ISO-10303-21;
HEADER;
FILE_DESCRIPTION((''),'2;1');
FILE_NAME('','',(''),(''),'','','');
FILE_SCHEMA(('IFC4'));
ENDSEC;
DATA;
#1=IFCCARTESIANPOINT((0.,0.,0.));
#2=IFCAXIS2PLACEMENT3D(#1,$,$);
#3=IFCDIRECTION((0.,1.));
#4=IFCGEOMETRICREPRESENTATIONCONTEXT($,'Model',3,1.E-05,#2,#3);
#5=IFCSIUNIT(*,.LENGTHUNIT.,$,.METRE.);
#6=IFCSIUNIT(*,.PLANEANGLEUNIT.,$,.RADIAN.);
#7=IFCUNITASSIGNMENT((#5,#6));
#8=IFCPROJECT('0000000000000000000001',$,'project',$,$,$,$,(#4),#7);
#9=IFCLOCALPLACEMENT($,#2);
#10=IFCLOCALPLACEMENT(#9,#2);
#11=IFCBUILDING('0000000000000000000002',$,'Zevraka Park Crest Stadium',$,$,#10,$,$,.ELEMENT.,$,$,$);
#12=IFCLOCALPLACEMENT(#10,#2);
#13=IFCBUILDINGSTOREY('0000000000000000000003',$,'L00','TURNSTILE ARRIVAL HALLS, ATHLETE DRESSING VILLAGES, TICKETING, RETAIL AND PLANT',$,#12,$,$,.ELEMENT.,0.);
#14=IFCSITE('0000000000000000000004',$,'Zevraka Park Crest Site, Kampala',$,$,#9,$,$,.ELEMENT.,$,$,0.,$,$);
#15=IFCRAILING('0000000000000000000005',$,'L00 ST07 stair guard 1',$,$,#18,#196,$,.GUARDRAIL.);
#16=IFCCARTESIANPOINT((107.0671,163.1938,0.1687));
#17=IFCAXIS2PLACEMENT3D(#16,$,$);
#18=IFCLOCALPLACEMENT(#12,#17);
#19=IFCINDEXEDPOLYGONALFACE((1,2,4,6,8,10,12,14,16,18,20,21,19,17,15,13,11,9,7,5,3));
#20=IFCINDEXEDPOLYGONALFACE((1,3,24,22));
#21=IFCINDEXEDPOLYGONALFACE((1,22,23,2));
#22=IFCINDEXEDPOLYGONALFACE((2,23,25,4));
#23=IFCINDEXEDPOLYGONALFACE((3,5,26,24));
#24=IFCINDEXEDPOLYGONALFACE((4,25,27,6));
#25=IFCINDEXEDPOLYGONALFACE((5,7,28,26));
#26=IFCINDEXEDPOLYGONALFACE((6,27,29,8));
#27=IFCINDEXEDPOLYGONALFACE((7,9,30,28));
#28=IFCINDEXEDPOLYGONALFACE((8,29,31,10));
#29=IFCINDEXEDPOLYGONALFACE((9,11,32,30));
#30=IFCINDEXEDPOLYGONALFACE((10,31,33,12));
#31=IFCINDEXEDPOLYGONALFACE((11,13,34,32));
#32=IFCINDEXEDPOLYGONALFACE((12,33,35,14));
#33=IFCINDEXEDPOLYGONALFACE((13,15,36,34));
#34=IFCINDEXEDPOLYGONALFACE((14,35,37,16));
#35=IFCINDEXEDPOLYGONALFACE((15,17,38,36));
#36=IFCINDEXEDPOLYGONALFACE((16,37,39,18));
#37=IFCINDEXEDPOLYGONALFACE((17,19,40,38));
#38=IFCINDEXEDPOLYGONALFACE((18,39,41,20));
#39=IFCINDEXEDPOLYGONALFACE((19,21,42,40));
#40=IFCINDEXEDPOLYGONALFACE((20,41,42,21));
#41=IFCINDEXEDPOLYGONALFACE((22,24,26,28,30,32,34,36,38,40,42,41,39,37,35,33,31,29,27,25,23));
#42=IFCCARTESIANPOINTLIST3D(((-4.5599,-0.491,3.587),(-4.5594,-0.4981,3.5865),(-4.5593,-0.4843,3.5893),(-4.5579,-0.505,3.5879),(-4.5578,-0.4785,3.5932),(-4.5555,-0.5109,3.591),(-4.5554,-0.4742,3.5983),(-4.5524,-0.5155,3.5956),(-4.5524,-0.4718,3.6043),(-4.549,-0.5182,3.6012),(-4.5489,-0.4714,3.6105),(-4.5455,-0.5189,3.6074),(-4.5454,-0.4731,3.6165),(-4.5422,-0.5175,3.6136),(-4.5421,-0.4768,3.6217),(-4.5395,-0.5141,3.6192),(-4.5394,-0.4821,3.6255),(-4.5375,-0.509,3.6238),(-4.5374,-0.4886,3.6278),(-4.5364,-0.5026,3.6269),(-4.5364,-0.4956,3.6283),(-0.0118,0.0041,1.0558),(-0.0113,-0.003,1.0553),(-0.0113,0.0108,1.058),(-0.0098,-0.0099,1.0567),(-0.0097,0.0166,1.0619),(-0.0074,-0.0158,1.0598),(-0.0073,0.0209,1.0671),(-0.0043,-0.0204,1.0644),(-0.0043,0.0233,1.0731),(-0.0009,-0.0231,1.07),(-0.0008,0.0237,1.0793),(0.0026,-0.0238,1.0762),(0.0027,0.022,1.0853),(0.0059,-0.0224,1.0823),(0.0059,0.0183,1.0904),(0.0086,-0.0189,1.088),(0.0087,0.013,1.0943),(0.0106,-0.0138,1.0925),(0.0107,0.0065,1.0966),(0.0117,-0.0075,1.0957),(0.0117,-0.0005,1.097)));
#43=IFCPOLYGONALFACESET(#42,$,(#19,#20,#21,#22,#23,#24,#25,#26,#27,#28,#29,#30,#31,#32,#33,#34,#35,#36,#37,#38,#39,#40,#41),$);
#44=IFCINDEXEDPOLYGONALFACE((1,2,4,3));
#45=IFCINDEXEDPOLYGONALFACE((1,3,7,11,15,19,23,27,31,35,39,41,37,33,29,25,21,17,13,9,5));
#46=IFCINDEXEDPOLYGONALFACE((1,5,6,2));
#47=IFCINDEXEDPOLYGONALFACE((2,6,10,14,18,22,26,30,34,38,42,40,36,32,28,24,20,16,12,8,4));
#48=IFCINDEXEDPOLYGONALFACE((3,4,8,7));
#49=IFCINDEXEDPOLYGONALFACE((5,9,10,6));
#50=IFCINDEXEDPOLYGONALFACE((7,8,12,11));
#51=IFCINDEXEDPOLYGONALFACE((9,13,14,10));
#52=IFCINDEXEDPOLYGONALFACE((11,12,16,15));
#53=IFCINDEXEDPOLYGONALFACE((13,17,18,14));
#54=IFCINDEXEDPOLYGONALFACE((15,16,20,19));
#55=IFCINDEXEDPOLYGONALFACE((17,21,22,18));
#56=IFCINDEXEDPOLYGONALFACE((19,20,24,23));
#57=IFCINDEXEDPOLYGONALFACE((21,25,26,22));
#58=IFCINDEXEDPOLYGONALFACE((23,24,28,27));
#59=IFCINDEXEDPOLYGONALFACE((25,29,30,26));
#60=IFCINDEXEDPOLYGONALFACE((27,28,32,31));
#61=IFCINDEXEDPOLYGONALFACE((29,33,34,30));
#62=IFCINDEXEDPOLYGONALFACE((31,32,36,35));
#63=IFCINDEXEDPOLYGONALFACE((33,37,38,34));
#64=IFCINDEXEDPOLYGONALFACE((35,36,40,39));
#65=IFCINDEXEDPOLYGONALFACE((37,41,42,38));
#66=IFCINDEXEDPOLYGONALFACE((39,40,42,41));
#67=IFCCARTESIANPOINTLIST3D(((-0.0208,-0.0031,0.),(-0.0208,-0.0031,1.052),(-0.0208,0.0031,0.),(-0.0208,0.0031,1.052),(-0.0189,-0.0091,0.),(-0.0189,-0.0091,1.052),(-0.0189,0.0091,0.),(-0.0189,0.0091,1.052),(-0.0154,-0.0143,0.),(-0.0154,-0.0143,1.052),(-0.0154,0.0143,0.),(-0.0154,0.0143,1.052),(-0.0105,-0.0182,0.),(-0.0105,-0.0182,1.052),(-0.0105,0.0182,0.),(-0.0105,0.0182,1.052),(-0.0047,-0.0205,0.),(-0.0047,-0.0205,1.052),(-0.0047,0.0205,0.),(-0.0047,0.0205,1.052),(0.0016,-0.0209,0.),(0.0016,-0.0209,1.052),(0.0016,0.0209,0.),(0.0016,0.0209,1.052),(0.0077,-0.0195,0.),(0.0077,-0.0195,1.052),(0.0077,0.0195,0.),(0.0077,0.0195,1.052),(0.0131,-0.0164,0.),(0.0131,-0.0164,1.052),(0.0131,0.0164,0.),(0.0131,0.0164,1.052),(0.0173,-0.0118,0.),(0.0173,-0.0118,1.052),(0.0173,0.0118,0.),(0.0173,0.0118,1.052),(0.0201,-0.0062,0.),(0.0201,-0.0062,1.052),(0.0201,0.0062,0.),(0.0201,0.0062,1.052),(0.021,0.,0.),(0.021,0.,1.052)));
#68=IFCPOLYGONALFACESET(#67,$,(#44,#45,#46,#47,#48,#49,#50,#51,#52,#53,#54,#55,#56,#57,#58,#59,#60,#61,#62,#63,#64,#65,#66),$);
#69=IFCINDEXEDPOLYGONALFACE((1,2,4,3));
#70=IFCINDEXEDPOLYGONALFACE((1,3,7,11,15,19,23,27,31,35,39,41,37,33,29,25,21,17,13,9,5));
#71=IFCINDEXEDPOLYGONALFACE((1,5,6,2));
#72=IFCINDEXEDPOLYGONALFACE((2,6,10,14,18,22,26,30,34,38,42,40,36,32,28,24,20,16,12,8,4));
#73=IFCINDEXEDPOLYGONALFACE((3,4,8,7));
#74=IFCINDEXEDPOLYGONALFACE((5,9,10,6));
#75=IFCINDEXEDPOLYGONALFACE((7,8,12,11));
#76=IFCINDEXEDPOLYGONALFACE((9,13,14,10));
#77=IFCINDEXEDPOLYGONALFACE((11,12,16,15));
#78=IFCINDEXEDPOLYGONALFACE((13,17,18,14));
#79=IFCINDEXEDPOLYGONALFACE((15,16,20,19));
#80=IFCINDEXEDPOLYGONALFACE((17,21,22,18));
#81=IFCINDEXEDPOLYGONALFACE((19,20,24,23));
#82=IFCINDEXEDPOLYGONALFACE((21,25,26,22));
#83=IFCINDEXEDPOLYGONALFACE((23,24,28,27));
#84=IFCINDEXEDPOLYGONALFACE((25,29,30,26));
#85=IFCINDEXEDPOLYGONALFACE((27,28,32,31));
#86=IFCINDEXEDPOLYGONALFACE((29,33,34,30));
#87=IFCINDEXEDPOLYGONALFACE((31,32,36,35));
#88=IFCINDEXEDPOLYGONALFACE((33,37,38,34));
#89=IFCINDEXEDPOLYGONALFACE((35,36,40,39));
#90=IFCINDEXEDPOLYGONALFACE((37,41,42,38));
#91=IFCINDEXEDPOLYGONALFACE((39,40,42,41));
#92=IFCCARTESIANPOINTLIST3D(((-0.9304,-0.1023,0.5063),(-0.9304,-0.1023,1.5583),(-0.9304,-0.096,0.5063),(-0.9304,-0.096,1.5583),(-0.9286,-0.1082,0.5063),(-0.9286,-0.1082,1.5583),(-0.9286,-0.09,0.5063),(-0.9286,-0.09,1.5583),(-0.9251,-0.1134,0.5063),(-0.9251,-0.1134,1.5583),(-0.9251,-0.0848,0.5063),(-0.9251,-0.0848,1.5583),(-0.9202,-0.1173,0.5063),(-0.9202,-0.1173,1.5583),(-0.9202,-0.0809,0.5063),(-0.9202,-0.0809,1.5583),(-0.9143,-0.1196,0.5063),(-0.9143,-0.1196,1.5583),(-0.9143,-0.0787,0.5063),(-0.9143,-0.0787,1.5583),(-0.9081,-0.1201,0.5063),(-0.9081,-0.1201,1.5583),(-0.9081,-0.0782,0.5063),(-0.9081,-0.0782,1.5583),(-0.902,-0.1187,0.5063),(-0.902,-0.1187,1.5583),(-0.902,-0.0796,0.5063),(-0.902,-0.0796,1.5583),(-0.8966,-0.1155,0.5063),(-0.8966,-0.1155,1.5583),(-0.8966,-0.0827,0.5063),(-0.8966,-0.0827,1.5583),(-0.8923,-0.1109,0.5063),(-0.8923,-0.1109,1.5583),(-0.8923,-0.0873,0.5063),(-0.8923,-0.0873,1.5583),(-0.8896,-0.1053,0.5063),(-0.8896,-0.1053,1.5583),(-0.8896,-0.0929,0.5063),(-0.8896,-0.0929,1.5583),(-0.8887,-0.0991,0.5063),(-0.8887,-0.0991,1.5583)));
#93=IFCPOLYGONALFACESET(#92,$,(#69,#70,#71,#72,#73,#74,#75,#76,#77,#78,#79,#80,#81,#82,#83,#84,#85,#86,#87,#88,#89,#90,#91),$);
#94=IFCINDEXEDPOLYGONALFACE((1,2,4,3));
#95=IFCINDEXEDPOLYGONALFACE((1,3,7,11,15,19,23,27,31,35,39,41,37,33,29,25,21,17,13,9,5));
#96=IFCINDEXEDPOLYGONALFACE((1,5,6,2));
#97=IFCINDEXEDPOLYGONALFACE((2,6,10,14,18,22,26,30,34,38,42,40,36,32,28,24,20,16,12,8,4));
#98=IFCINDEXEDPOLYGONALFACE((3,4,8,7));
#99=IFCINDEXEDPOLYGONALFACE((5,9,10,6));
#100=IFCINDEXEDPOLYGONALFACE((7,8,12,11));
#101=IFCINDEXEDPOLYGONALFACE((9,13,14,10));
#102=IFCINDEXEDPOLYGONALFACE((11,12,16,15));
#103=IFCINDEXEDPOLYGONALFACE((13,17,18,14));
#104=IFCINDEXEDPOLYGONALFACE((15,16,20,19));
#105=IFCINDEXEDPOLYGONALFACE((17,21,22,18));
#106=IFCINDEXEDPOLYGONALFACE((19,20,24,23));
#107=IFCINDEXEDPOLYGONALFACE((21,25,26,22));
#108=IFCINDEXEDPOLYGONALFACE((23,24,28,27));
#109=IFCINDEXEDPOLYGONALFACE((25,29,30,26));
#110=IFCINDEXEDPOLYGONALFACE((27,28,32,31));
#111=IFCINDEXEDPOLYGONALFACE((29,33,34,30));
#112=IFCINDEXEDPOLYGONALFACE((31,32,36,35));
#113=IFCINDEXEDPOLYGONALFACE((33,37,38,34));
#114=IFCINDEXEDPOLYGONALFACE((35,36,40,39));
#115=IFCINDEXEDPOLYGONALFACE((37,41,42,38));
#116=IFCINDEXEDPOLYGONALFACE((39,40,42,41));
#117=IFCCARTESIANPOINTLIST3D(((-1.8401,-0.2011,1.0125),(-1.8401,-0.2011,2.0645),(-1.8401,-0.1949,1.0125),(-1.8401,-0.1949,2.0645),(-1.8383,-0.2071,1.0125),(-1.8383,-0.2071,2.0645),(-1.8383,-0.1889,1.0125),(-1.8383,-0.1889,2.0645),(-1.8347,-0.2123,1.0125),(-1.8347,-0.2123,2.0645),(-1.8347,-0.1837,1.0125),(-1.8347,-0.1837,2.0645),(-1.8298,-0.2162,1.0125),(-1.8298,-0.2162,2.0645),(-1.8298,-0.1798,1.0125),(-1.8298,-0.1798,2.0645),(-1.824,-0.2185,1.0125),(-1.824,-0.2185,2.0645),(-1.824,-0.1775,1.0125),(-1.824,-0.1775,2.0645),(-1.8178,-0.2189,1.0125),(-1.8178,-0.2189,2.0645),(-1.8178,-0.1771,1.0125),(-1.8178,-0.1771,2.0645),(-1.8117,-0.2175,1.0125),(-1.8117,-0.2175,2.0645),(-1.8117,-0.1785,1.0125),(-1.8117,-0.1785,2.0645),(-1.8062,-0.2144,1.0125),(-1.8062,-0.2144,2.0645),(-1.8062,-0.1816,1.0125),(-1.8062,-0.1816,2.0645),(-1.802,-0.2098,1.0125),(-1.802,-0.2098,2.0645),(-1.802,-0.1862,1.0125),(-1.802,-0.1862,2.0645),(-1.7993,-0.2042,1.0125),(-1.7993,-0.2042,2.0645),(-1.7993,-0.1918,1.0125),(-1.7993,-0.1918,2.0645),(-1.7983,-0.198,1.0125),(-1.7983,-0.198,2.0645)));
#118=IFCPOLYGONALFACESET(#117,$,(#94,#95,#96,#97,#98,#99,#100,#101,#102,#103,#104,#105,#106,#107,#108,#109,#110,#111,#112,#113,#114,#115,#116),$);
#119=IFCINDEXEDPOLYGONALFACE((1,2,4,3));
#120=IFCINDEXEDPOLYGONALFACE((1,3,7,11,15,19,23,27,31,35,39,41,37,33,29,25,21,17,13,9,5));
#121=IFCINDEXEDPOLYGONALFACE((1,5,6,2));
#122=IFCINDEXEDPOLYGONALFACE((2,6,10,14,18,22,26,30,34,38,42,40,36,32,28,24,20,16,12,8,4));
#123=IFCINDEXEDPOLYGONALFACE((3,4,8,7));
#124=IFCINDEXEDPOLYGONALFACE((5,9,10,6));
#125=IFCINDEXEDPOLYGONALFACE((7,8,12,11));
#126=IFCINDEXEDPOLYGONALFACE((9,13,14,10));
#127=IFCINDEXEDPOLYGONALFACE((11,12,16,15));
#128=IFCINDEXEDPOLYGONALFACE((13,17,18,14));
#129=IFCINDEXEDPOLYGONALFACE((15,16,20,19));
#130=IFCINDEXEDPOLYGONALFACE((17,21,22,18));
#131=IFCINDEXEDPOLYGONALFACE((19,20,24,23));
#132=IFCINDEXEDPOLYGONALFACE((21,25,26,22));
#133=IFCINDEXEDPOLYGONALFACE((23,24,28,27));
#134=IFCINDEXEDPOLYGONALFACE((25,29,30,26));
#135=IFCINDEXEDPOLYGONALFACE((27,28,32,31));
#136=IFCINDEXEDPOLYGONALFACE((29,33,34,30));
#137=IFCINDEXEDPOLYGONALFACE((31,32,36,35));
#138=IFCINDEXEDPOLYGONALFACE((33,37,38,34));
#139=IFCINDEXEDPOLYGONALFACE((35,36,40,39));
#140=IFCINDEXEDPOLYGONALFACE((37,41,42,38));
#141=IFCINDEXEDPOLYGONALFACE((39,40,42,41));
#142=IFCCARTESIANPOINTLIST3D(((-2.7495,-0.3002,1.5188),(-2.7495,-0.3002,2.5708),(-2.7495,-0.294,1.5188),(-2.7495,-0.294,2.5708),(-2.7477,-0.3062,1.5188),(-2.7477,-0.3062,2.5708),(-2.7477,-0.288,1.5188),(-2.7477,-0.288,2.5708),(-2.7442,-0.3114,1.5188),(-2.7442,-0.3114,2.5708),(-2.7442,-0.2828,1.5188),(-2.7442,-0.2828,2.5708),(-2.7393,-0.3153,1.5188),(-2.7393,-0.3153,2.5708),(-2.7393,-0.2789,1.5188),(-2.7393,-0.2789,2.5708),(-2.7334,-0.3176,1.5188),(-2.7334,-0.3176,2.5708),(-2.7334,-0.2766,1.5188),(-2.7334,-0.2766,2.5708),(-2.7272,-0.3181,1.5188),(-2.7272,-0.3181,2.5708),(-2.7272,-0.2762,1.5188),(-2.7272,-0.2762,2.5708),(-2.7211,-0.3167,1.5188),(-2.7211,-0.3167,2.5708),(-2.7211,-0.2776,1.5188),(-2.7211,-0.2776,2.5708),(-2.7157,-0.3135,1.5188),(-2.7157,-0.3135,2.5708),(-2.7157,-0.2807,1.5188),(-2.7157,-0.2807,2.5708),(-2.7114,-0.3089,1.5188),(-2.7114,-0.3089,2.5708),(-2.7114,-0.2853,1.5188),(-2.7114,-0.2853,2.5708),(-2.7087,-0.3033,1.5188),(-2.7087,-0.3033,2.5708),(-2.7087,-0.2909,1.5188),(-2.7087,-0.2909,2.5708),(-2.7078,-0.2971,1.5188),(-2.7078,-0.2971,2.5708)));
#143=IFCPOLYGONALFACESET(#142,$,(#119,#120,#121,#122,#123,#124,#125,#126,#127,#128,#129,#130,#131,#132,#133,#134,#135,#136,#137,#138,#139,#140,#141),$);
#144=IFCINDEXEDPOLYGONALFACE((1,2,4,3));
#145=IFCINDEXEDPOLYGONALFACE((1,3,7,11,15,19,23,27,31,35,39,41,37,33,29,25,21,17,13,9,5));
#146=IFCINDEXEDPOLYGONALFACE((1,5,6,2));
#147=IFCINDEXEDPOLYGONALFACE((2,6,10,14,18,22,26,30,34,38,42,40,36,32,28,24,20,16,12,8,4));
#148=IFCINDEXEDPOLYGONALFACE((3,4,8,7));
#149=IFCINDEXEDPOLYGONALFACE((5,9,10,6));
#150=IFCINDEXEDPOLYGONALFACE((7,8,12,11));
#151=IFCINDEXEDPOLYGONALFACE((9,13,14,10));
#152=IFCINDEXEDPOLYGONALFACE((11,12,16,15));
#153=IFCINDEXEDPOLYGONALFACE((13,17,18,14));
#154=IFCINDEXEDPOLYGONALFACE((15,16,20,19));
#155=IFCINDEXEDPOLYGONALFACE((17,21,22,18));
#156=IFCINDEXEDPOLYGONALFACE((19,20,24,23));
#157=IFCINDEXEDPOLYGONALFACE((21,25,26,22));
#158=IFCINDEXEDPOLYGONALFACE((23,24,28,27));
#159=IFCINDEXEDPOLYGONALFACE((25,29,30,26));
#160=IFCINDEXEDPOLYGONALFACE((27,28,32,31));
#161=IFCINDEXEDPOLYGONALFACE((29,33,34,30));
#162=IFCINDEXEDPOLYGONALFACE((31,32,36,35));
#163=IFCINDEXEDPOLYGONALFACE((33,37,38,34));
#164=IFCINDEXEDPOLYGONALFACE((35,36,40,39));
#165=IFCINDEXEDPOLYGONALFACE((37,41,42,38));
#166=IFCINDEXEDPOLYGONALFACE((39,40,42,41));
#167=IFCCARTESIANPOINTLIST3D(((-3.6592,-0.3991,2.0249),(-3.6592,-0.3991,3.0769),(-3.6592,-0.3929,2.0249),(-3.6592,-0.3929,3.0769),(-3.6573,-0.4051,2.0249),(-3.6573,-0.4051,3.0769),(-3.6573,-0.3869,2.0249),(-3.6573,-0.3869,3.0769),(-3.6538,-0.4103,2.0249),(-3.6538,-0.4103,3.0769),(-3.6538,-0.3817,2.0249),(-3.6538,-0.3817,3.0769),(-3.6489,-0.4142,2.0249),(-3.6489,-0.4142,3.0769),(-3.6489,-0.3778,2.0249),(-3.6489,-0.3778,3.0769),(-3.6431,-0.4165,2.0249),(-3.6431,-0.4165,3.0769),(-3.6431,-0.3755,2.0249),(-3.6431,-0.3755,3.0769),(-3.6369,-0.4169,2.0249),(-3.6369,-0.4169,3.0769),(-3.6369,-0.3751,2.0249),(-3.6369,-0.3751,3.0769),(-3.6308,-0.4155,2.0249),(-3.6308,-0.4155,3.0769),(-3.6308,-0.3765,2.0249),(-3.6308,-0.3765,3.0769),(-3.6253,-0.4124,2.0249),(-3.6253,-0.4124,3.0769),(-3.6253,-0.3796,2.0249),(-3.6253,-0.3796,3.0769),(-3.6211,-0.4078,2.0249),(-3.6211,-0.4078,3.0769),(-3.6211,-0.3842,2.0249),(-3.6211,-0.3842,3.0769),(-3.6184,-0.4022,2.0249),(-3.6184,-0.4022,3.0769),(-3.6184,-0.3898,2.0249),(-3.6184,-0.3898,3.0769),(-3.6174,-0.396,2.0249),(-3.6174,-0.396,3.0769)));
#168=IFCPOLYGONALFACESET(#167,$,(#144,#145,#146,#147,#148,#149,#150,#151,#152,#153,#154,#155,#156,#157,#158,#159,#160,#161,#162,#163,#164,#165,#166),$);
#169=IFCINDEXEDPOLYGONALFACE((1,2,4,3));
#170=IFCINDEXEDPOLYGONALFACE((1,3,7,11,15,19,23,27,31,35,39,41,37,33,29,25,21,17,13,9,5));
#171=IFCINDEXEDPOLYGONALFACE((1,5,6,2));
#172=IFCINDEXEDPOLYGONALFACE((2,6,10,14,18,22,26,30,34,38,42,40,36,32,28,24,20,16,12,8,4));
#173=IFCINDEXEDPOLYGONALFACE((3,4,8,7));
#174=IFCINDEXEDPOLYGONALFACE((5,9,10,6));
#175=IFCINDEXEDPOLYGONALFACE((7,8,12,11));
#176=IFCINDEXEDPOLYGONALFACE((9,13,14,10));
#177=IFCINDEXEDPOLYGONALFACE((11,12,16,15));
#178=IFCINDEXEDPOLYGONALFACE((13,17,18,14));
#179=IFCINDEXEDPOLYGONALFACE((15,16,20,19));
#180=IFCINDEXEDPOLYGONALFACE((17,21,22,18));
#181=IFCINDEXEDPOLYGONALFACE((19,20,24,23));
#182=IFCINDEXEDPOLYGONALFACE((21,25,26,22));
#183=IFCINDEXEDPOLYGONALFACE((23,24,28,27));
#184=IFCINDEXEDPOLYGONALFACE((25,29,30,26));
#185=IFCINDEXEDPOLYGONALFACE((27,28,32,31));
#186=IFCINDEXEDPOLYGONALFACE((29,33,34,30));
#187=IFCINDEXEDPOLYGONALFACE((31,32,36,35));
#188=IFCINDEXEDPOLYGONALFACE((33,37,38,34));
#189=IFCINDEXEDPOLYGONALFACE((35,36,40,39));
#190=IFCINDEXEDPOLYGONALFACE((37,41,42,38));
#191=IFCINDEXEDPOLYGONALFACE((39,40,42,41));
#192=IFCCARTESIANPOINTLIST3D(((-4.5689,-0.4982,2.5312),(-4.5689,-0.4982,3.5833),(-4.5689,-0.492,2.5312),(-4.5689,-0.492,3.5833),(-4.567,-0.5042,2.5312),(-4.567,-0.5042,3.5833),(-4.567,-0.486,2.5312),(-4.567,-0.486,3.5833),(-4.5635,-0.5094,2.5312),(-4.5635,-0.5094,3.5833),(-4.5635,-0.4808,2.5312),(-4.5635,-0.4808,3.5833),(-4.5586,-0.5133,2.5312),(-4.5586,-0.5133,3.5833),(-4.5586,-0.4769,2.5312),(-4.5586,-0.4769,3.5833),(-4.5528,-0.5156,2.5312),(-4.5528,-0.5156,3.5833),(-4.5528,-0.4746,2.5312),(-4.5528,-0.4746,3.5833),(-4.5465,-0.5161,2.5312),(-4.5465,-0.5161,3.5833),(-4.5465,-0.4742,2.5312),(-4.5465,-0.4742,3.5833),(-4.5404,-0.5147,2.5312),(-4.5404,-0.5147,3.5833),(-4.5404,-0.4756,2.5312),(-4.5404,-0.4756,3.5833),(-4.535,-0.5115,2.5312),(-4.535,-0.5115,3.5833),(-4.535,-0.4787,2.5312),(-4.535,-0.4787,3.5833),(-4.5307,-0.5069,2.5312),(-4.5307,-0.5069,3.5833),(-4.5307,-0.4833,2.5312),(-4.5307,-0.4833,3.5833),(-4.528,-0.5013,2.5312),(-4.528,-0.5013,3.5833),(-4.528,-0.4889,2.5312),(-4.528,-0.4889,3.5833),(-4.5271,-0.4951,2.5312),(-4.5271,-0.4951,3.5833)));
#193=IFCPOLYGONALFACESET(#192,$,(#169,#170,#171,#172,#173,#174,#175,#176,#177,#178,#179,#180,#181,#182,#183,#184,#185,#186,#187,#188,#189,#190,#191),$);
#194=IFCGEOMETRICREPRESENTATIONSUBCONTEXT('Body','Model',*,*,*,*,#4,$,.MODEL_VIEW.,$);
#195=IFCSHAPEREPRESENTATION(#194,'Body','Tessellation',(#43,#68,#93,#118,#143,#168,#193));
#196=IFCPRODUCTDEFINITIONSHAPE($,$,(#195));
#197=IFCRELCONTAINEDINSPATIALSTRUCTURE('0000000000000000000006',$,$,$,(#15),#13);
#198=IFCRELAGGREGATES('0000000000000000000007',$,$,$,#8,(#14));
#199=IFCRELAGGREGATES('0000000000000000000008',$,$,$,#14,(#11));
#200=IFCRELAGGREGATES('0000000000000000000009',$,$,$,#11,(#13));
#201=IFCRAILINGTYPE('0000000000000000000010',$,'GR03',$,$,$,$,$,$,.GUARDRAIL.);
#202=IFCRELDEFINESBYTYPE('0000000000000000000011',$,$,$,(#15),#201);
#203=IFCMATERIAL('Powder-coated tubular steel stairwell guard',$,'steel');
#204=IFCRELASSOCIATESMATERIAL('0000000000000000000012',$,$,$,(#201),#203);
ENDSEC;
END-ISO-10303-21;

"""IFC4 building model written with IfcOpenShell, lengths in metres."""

from ifc_helpers import new_model, si_unit, direction, frame, origin, origin_2d, place, context, subcontext, project, spatial, circle, extrude, material, type_object, element, save


model = new_model("IFC4")

# Units and contexts
model_context = context("Model", 3, precision=1e-05, world=origin(), true_north=direction((0.0, 1.0)))
body_context = subcontext(model_context, "Body", "Model", "MODEL_VIEW")
ifc_project = project(units=[si_unit("LENGTHUNIT", "METRE"), si_unit("PLANEANGLEUNIT", "RADIAN")], contexts=[model_context])

# Site, building, storey
site_placement = place(None, origin())
site = spatial("IfcSite", under=ifc_project, at=site_placement, Name="Zevraka Park Crest Site, Kampala", CompositionType="ELEMENT", RefElevation=0.0)
building_placement = place(site_placement, origin())
building = spatial("IfcBuilding", under=site, at=building_placement, Name="Zevraka Park Crest Stadium", CompositionType="ELEMENT")
storey_placement = place(building_placement, origin())
storey = spatial("IfcBuildingStorey", under=building, at=storey_placement, Name="L00", Description="TURNSTILE ARRIVAL HALLS, ATHLETE DRESSING VILLAGES, TICKETING, RETAIL AND PLANT", CompositionType="ELEMENT", Elevation=0.0)

# Railing
ifc_material_1 = material(Name="Powder-coated tubular steel stairwell guard", Category="steel")
railing_type_1 = type_object("IfcRailingType", Name="GR03", PredefinedType="GUARDRAIL", material=ifc_material_1)
railing_1_placement = place(storey_placement, frame((107.0671, 163.1938, 0.1687)))
element("IfcRailing", 1, at=railing_1_placement, inside=storey, type_object=railing_type_1, Name="L00 ST07 stair guard 1", PredefinedType="GUARDRAIL", context=body_context, shape_type="SweptSolid", body=[
    extrude(circle(Radius=0.0239, at=origin_2d()), frame((0.0, 0.0, 1.0762), z_axis=(-0.869861, -0.094695, 0.484123), x_axis=(0.108223, -0.994127, 0.0)), (0.0, 0.0, 1.0), 5.2285),
    extrude(circle(Radius=0.021, at=origin_2d()), origin(), (0.0, 0.0, 1.0), 1.052),
    extrude(circle(Radius=0.021, at=origin_2d()), frame((-0.9097, -0.0991, 0.5063)), (0.0, 0.0, 1.0), 1.052),
    extrude(circle(Radius=0.021, at=origin_2d()), frame((-1.8193, -0.198, 1.0125)), (0.0, 0.0, 1.0), 1.052),
    extrude(circle(Radius=0.021, at=origin_2d()), frame((-2.7288, -0.2971, 1.5188)), (0.0, 0.0, 1.0), 1.052),
    extrude(circle(Radius=0.021, at=origin_2d()), frame((-3.6384, -0.396, 2.0249)), (0.0, 0.0, 1.0), 1.052),
    extrude(circle(Radius=0.021, at=origin_2d()), frame((-4.5481, -0.4951, 2.5312)), (0.0, 0.0, 1.0), 1.052),
])

save(model, "model.ifc")
